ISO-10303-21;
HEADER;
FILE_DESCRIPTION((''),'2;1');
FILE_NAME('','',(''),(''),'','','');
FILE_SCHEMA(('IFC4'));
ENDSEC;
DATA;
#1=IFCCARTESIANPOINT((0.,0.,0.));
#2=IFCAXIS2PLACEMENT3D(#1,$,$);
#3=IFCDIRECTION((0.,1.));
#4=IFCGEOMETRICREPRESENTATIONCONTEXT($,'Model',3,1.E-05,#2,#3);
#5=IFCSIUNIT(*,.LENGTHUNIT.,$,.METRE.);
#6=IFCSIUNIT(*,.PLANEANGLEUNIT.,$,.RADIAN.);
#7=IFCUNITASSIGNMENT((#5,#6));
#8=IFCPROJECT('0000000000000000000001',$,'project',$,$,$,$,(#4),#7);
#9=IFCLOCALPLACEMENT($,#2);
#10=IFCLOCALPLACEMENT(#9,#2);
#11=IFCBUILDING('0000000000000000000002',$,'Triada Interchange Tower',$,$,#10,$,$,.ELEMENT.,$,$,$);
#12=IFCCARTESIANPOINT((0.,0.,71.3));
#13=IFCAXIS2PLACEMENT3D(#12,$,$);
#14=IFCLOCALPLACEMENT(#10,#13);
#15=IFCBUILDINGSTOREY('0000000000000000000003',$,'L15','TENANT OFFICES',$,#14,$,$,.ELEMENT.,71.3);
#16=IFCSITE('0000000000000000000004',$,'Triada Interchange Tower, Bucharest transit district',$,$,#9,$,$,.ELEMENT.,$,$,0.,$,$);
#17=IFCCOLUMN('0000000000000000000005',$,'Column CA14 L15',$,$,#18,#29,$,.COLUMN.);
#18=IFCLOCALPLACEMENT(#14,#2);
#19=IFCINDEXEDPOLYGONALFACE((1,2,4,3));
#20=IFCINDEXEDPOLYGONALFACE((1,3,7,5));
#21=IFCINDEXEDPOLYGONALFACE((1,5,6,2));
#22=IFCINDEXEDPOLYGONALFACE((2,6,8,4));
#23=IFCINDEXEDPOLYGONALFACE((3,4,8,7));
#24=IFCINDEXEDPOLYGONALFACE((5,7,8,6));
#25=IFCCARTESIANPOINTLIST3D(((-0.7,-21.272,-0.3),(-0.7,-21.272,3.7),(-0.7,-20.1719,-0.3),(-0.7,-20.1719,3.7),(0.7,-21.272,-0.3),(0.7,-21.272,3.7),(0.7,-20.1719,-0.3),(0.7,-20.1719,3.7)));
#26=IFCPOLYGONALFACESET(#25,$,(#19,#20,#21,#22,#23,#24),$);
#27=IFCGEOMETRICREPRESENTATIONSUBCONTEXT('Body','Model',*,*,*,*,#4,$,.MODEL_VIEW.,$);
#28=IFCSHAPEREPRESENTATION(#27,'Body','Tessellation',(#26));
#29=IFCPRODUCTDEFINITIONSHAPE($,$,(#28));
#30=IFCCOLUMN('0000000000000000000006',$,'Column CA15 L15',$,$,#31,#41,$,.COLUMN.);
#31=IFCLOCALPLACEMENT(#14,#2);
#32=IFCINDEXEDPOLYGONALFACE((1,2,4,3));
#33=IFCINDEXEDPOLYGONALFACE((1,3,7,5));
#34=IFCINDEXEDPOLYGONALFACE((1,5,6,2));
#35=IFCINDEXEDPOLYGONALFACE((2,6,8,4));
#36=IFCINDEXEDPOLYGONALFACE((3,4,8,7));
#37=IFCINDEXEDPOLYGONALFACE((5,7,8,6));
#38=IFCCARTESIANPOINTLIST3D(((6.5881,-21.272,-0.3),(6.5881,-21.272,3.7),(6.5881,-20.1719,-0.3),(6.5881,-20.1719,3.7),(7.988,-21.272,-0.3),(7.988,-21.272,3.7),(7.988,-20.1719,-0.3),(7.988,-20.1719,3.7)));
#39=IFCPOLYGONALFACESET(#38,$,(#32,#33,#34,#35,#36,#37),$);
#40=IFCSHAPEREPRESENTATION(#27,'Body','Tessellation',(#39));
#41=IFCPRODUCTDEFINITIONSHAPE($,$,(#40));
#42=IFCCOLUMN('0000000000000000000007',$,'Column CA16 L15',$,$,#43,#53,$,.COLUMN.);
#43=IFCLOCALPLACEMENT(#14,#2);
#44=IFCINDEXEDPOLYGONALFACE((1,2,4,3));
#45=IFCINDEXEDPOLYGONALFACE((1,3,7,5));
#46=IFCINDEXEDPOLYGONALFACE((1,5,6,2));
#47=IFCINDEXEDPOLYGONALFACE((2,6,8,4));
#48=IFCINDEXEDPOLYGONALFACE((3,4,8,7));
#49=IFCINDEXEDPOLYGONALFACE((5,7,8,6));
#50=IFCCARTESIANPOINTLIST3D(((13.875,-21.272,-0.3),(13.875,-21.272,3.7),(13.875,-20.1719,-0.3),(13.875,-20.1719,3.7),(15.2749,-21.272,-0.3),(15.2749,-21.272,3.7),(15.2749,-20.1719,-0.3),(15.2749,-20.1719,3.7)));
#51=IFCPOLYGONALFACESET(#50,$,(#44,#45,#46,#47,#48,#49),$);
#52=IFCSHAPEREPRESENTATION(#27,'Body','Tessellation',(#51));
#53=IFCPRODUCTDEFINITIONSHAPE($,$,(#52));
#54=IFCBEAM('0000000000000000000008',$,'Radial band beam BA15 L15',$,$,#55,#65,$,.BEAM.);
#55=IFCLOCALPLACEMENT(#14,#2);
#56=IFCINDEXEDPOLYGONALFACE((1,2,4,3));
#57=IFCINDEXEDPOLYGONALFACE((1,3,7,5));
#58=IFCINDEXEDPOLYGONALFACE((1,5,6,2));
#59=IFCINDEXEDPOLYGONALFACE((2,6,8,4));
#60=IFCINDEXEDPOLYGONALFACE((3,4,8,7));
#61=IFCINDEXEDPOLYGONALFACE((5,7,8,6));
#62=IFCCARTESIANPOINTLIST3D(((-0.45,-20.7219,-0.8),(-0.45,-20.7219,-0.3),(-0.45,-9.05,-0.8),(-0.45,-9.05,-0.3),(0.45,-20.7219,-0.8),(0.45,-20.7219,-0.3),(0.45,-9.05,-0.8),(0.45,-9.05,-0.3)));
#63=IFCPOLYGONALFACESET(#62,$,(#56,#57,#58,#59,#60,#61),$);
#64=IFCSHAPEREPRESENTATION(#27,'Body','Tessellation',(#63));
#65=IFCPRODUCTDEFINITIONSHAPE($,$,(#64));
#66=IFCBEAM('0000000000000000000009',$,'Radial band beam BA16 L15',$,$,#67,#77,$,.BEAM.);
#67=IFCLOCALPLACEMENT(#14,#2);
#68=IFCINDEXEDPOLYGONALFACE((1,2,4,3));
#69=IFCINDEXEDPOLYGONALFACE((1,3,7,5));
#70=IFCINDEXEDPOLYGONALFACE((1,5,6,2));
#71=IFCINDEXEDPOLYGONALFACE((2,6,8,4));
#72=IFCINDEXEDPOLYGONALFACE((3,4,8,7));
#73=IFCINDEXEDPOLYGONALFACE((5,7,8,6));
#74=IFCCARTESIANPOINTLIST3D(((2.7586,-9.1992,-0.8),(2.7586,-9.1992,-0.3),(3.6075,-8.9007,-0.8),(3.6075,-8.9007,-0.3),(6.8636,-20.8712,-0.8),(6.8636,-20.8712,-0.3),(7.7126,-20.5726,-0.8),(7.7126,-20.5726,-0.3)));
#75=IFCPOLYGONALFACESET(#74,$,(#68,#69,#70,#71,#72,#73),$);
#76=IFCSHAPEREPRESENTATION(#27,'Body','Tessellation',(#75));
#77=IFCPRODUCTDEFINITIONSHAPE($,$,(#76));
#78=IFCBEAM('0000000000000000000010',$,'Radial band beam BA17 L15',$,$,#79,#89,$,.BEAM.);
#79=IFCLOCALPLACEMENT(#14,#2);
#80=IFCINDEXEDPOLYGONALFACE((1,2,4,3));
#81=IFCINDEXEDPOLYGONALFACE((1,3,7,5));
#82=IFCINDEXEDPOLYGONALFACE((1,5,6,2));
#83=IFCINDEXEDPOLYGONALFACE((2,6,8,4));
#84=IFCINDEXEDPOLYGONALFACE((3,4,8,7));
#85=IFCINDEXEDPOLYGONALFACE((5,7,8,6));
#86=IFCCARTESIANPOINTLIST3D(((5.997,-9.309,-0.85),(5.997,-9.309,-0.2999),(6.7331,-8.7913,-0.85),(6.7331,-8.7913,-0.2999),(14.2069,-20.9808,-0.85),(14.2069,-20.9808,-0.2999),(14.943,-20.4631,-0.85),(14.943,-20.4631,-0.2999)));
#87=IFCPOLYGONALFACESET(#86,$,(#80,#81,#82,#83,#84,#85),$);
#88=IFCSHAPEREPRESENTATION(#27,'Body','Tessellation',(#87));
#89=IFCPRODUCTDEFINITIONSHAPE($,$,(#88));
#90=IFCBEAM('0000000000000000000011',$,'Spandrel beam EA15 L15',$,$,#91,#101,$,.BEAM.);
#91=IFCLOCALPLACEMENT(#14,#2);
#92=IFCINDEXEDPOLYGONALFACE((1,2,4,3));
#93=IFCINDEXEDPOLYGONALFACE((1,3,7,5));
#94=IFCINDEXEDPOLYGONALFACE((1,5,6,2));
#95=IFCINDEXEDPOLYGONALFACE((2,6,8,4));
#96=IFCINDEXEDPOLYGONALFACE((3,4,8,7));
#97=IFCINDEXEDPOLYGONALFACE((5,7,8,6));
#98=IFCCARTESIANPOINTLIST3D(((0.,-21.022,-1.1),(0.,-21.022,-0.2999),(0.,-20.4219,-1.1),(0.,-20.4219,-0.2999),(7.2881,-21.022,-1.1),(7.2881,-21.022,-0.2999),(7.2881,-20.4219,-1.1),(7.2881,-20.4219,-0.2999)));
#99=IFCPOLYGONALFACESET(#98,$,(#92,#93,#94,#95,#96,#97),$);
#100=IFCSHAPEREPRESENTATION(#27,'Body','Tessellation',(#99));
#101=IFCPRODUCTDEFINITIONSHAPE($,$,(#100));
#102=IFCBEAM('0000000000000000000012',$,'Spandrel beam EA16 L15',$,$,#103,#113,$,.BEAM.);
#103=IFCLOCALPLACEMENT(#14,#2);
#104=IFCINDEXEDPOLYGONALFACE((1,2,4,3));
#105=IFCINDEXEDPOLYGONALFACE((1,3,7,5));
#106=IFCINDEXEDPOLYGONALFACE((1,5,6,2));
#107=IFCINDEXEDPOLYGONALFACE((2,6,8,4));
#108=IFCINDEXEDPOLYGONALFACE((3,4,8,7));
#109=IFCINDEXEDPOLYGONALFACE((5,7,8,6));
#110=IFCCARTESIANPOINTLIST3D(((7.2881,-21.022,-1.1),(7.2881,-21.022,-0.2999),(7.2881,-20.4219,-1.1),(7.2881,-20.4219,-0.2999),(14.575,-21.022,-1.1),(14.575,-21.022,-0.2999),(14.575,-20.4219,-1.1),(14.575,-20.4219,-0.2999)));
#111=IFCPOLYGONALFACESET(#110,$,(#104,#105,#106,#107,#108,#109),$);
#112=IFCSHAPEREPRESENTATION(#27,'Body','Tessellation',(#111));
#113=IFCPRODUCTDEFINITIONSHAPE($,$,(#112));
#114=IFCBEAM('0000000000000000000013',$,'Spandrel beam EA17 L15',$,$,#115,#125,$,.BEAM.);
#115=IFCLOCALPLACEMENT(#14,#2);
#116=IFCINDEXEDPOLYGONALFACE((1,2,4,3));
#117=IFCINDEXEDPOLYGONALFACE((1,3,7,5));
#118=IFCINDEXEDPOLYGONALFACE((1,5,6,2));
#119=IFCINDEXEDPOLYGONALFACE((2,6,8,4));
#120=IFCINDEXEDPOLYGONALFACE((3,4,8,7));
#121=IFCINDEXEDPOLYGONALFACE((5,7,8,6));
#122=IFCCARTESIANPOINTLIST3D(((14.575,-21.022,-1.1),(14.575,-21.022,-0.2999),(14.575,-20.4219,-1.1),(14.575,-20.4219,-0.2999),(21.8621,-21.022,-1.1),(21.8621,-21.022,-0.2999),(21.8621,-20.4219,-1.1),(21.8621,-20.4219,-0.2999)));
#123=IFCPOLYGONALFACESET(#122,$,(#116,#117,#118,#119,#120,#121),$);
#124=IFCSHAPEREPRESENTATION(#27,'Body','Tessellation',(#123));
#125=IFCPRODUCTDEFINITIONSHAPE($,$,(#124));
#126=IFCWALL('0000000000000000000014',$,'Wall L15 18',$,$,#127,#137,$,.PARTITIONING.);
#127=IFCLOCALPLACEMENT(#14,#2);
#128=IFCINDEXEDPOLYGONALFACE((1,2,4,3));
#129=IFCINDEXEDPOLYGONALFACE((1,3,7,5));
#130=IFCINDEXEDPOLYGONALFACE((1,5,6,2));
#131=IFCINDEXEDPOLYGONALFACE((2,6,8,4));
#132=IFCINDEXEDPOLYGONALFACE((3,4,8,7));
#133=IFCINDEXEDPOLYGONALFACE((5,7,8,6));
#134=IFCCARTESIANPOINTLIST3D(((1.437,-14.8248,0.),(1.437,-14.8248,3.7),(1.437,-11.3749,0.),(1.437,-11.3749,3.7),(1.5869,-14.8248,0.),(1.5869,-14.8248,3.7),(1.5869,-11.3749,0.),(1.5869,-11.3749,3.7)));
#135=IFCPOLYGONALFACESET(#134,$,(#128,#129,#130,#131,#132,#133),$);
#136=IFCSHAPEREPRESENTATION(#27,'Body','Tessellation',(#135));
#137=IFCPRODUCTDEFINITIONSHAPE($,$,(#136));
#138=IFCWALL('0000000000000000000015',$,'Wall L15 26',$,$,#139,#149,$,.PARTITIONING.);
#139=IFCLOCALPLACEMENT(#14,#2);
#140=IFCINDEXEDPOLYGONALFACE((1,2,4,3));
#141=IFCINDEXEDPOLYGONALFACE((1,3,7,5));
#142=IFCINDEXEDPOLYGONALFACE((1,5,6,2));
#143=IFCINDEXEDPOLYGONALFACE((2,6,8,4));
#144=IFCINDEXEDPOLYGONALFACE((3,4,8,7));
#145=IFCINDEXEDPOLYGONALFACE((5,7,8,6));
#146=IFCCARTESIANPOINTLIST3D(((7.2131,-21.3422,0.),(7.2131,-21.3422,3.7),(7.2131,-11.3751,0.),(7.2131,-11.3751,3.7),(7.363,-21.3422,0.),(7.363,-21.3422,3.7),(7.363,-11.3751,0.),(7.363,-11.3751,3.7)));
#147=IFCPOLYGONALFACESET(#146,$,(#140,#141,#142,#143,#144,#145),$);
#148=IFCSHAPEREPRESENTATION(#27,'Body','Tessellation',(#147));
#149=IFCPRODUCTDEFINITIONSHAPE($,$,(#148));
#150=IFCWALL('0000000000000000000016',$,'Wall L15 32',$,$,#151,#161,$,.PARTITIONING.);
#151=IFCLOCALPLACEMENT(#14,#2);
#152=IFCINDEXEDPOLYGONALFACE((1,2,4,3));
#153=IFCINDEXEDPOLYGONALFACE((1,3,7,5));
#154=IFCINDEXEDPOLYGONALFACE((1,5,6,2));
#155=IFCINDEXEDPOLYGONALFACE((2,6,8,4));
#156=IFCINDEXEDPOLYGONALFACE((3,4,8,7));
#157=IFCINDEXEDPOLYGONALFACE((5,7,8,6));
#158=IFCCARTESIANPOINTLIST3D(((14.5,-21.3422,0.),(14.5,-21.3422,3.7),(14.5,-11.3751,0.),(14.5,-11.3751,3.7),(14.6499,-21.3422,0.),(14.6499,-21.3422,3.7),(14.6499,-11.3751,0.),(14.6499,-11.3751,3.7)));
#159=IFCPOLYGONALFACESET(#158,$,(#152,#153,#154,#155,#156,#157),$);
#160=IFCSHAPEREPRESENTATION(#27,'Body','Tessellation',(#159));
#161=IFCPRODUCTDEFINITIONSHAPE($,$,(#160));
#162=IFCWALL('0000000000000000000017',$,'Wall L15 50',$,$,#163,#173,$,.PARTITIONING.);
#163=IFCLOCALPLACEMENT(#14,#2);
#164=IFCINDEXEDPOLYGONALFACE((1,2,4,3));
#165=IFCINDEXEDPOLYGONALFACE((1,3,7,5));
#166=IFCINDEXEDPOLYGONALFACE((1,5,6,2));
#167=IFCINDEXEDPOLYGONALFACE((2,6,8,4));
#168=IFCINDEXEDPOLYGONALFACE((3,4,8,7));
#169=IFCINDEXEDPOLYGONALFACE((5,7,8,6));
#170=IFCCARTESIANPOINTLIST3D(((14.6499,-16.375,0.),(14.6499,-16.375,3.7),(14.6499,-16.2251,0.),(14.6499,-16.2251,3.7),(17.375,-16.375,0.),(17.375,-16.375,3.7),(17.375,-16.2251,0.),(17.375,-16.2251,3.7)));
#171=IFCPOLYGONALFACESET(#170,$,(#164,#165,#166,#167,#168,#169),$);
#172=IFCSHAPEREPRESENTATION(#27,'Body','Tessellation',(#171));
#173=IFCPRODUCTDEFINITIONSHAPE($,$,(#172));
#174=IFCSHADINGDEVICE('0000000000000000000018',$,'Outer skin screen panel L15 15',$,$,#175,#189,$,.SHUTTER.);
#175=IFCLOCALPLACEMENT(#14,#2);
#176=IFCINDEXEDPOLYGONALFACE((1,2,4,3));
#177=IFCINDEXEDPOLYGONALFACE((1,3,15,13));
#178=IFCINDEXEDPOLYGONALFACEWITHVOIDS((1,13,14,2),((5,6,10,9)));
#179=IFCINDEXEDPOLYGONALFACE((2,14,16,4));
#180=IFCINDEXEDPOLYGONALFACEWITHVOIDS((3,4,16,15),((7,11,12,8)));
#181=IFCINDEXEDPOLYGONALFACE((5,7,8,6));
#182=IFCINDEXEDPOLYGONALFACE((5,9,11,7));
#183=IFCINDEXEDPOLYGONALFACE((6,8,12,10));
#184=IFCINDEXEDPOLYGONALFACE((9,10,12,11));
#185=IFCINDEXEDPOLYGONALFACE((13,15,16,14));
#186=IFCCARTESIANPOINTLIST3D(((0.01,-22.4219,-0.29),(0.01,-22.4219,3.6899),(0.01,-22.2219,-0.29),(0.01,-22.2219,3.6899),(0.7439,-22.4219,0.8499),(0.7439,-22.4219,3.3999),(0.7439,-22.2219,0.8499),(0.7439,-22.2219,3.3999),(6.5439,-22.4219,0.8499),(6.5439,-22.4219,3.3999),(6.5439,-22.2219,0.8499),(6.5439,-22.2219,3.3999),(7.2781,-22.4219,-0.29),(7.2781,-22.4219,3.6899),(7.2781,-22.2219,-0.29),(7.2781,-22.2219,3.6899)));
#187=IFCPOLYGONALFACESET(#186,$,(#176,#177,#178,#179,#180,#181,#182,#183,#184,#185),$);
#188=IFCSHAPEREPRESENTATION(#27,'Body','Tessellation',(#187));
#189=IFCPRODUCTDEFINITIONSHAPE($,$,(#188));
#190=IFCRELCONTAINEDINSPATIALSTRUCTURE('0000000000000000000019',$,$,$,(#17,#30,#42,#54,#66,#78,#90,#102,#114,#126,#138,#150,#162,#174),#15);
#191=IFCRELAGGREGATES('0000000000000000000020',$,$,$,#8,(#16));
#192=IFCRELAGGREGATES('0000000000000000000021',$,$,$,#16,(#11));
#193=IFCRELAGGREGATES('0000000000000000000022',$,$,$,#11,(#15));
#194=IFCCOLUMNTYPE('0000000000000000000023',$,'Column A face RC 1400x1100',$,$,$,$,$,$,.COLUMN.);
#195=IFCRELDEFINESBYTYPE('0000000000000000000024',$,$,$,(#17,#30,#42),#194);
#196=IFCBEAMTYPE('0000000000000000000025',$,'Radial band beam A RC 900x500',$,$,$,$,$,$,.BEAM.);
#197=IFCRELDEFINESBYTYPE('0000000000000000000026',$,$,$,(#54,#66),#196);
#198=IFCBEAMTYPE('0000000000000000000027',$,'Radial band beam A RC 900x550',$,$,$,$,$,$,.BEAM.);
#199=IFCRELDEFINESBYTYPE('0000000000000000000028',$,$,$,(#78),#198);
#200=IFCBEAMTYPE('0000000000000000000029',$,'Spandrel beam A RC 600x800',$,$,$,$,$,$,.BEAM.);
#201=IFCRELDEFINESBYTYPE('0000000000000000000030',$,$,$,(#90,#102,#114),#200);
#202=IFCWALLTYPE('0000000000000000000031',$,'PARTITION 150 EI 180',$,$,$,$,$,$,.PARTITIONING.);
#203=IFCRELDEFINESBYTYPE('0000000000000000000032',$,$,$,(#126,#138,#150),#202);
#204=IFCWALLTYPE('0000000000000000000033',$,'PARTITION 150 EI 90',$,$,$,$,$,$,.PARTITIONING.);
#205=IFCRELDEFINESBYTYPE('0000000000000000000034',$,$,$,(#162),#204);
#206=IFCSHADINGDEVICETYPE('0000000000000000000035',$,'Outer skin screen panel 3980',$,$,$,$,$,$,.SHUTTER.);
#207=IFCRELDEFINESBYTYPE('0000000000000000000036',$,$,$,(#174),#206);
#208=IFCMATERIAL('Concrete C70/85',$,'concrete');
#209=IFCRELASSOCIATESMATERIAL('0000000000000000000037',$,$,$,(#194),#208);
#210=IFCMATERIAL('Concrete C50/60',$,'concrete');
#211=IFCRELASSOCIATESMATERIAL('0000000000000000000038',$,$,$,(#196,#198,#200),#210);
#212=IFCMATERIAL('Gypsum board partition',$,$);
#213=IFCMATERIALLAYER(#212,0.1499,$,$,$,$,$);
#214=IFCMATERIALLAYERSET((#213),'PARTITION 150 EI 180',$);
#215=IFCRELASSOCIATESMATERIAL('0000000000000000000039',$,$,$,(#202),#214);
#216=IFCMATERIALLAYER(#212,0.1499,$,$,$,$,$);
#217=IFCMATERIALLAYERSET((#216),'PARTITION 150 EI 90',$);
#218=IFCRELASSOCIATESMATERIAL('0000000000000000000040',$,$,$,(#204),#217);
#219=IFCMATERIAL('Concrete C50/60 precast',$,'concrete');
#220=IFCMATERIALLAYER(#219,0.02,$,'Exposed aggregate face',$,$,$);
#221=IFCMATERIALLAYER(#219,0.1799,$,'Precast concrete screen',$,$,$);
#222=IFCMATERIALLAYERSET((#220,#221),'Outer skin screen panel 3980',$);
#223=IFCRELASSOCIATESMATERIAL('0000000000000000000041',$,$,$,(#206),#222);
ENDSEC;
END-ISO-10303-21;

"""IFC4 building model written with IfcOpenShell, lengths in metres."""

from ifc_helpers import new_model, si_unit, direction, frame, frame_2d, origin, origin_2d, place, context, subcontext, project, spatial, polyline, rectangle, outline, extrude, material, layer, layer_set, material_profile, profile_set, type_object, element, save


model = new_model("IFC4")

# Units and contexts
model_context = context("Model", 3, precision=1e-05, world=origin(), true_north=direction((0.0, 1.0)))
body_context = subcontext(model_context, "Body", "Model", "MODEL_VIEW")
ifc_project = project(units=[si_unit("LENGTHUNIT", "METRE"), si_unit("PLANEANGLEUNIT", "RADIAN")], contexts=[model_context])

# Site, building, storey
site_placement = place(None, origin())
site = spatial("IfcSite", under=ifc_project, at=site_placement, Name="Triada Interchange Tower, Bucharest transit district", CompositionType="ELEMENT", RefElevation=0.0)
building_placement = place(site_placement, origin())
building = spatial("IfcBuilding", under=site, at=building_placement, Name="Triada Interchange Tower", CompositionType="ELEMENT")
storey_placement = place(building_placement, frame((0.0, 0.0, 71.3)))
storey = spatial("IfcBuildingStorey", under=building, at=storey_placement, Name="L15", Description="TENANT OFFICES", CompositionType="ELEMENT", Elevation=71.3)

# Columns
ifc_material_1 = material(Name="Concrete C70/85", Category="concrete")
ifc_material_profile_1 = material_profile(ifc_material_1, rectangle(XDim=1.3999, YDim=1.1001, at=origin_2d()), Name="RC 1400x1100")
ifc_profile_set_1 = profile_set([ifc_material_profile_1], Name="Concrete C70/85")
column_type = type_object("IfcColumnType", Name="Column A face RC 1400x1100", PredefinedType="COLUMN", material=ifc_profile_set_1)
for number, where, z_axis, x_axis, name in (
    (1, (0.0, -20.7219, -0.3), (0.0, 0.0, 1.0), (1.0, 0.0, 0.0), "Column CA14 L15"),
    (2, (7.2881, -20.7219, -0.3), (0.0, 0.0, 1.0), (1.0, 0.0, 0.0), "Column CA15 L15"),
    (3, (14.575, -20.7219, -0.3), (0.0, 0.0, 1.0), (1.0, 0.0, 0.0), "Column CA16 L15"),
):
    element("IfcColumn", number, at=place(storey_placement, frame(where, z_axis=z_axis, x_axis=x_axis)), inside=storey, type_object=column_type, Name=name, PredefinedType="COLUMN", context=body_context, shape_type="SweptSolid", body=[
        extrude(rectangle(XDim=1.3999, YDim=1.1001, at=origin_2d()), origin(), (0.0, 0.0, 1.0), 4.0),
    ])

# Beams
ifc_material_2 = material(Name="Concrete C50/60", Category="concrete")
ifc_material_profile_2 = material_profile(ifc_material_2, rectangle(XDim=0.8999, YDim=0.5, at=origin_2d()), Name="RC 900x500")
ifc_profile_set_2 = profile_set([ifc_material_profile_2], Name="Concrete C50/60")
beam_type_1 = type_object("IfcBeamType", Name="Radial band beam A RC 900x500", PredefinedType="BEAM", material=ifc_profile_set_2)
beam_1_placement = place(storey_placement, frame((0.0, -20.7219, -0.55), z_axis=(0.0, 1.0, 0.0), x_axis=(-1.0, 0.0, 0.0)))
element("IfcBeam", 4, at=beam_1_placement, inside=storey, type_object=beam_type_1, Name="Radial band beam BA15 L15", PredefinedType="BEAM", context=body_context, shape_type="SweptSolid", body=[
    extrude(rectangle(XDim=0.8999, YDim=0.5, at=origin_2d()), origin(), (0.0, 0.0, 1.0), 11.6719),
])
beam_2_placement = place(storey_placement, frame((7.2881, -20.7219, -0.55), z_axis=(-0.331777, 0.943358, 0.0), x_axis=(-0.943358, -0.331777, 0.0)))
element("IfcBeam", 5, at=beam_2_placement, inside=storey, type_object=beam_type_1, Name="Radial band beam BA16 L15", PredefinedType="BEAM", context=body_context, shape_type="SweptSolid", body=[
    extrude(rectangle(XDim=0.8999, YDim=0.5, at=origin_2d()), origin(), (0.0, 0.0, 1.0), 12.3728),
])
ifc_material_profile_3 = material_profile(ifc_material_2, rectangle(XDim=0.8999, YDim=0.55, at=origin_2d()), Name="RC 900x550")
ifc_profile_set_3 = profile_set([ifc_material_profile_3], Name="Concrete C50/60")
beam_type_2 = type_object("IfcBeamType", Name="Radial band beam A RC 900x550", PredefinedType="BEAM", material=ifc_profile_set_3)
beam_3_placement = place(storey_placement, frame((14.575, -20.7219, -0.575), z_axis=(-0.575326, 0.817924, 0.0), x_axis=(-0.817924, -0.575326, 0.0)))
element("IfcBeam", 6, at=beam_3_placement, inside=storey, type_object=beam_type_2, Name="Radial band beam BA17 L15", PredefinedType="BEAM", context=body_context, shape_type="SweptSolid", body=[
    extrude(rectangle(XDim=0.8999, YDim=0.55, at=origin_2d()), origin(), (0.0, 0.0, 1.0), 14.27),
])
ifc_material_profile_4 = material_profile(ifc_material_2, rectangle(XDim=0.6001, YDim=0.8, at=origin_2d()), Name="RC 600x800")
ifc_profile_set_4 = profile_set([ifc_material_profile_4], Name="Concrete C50/60")
beam_type_3 = type_object("IfcBeamType", Name="Spandrel beam A RC 600x800", PredefinedType="BEAM", material=ifc_profile_set_4)
beam_4_placement = place(storey_placement, frame((0.0, -20.7219, -0.7), z_axis=(1.0, 0.0, 0.0), x_axis=(0.0, 1.0, 0.0)))
element("IfcBeam", 7, at=beam_4_placement, inside=storey, type_object=beam_type_3, Name="Spandrel beam EA15 L15", PredefinedType="BEAM", context=body_context, shape_type="SweptSolid", body=[
    extrude(rectangle(XDim=0.6001, YDim=0.8, at=origin_2d()), origin(), (0.0, 0.0, 1.0), 7.2881),
])
beam_5_placement = place(storey_placement, frame((7.2881, -20.7219, -0.7), z_axis=(1.0, 0.0, 0.0), x_axis=(0.0, 1.0, 0.0)))
element("IfcBeam", 8, at=beam_5_placement, inside=storey, type_object=beam_type_3, Name="Spandrel beam EA16 L15", PredefinedType="BEAM", context=body_context, shape_type="SweptSolid", body=[
    extrude(rectangle(XDim=0.6001, YDim=0.8, at=origin_2d()), origin(), (0.0, 0.0, 1.0), 7.2869),
])
beam_6_placement = place(storey_placement, frame((14.575, -20.7219, -0.7), z_axis=(1.0, 0.0, 0.0), x_axis=(0.0, 1.0, 0.0)))
element("IfcBeam", 9, at=beam_6_placement, inside=storey, type_object=beam_type_3, Name="Spandrel beam EA17 L15", PredefinedType="BEAM", context=body_context, shape_type="SweptSolid", body=[
    extrude(rectangle(XDim=0.6001, YDim=0.8, at=origin_2d()), origin(), (0.0, 0.0, 1.0), 7.2871),
])

# Walls
ifc_material_3 = material(Name="Gypsum board partition")
ifc_layer_1 = layer(ifc_material_3, 0.1499)
ifc_layer_set_1 = layer_set([ifc_layer_1], Name="PARTITION 150 EI 180")
wall_type_1 = type_object("IfcWallType", Name="PARTITION 150 EI 180", PredefinedType="PARTITIONING", material=ifc_layer_set_1)
wall_1_placement = place(storey_placement, frame((1.512, -14.825, 0.0), z_axis=(0.0, 0.0, 1.0), x_axis=(0.0, 1.0, 0.0)))
element("IfcWall", 10, at=wall_1_placement, inside=storey, type_object=wall_type_1, Name="Wall L15 18", PredefinedType="PARTITIONING", context=body_context, shape_type="SweptSolid", body=[
    extrude(rectangle(XDim=3.45, YDim=0.1499, at=frame_2d((1.7251, 0.0))), origin(), (0.0, 0.0, 1.0), 3.7),
])
for number, where, z_axis, x_axis, name in (
    (11, (7.2881, -21.342, 0.0), (0.0, 0.0, 1.0), (0.0, 1.0, 0.0), "Wall L15 26"),
    (12, (14.575, -21.342, 0.0), (0.0, 0.0, 1.0), (0.0, 1.0, 0.0), "Wall L15 32"),
):
    element("IfcWall", number, at=place(storey_placement, frame(where, z_axis=z_axis, x_axis=x_axis)), inside=storey, type_object=wall_type_1, Name=name, PredefinedType="PARTITIONING", context=body_context, shape_type="SweptSolid", body=[
        extrude(rectangle(XDim=9.967, YDim=0.1499, at=frame_2d((4.9834, 0.0))), origin(), (0.0, 0.0, 1.0), 3.7),
    ])
ifc_layer_2 = layer(ifc_material_3, 0.1499)
ifc_layer_set_2 = layer_set([ifc_layer_2], Name="PARTITION 150 EI 90")
wall_type_2 = type_object("IfcWallType", Name="PARTITION 150 EI 90", PredefinedType="PARTITIONING", material=ifc_layer_set_2)
wall_2_placement = place(storey_placement, frame((14.6499, -16.3, 0.0), z_axis=(0.0, 0.0, 1.0), x_axis=(1.0, 0.0, 0.0)))
element("IfcWall", 13, at=wall_2_placement, inside=storey, type_object=wall_type_2, Name="Wall L15 50", PredefinedType="PARTITIONING", context=body_context, shape_type="SweptSolid", body=[
    extrude(rectangle(XDim=2.7251, YDim=0.1499, at=frame_2d((1.3625, 0.0))), origin(), (0.0, 0.0, 1.0), 3.7),
])

# Shading device
ifc_material_4 = material(Name="Concrete C50/60 precast", Category="concrete")
ifc_layer_3 = layer(ifc_material_4, 0.02, Name="Exposed aggregate face")
ifc_layer_4 = layer(ifc_material_4, 0.1799, Name="Precast concrete screen")
ifc_layer_set_3 = layer_set([ifc_layer_3, ifc_layer_4], Name="Outer skin screen panel 3980")
shading_device_type = type_object("IfcShadingDeviceType", Name="Outer skin screen panel 3980", PredefinedType="SHUTTER", material=ifc_layer_set_3)
shading_device_1_placement = place(storey_placement, frame((0.01, -22.2219, -0.29), z_axis=(0.0, 0.0, 1.0), x_axis=(1.0, 0.0, 0.0)))
element("IfcShadingDevice", 14, at=shading_device_1_placement, inside=storey, type_object=shading_device_type, Name="Outer skin screen panel L15 15", PredefinedType="SHUTTER", context=body_context, shape_type="SweptSolid", body=[
    extrude(outline(polyline([(0.0, 0.0), (7.2681, 0.0), (7.2681, 3.98), (0.0, 3.98), (0.0, 0.0)]), holes=[polyline([(0.7339, 1.1399), (0.7339, 3.6899), (6.5339, 3.6899), (6.5339, 1.1399), (0.7339, 1.1399)])]), frame((0.0, 0.0, 0.0), z_axis=(0.0, -1.0, 0.0), x_axis=(1.0, 0.0, 0.0)), (0.0, 0.0, 1.0), 0.2),
])

save(model, "model.ifc")
